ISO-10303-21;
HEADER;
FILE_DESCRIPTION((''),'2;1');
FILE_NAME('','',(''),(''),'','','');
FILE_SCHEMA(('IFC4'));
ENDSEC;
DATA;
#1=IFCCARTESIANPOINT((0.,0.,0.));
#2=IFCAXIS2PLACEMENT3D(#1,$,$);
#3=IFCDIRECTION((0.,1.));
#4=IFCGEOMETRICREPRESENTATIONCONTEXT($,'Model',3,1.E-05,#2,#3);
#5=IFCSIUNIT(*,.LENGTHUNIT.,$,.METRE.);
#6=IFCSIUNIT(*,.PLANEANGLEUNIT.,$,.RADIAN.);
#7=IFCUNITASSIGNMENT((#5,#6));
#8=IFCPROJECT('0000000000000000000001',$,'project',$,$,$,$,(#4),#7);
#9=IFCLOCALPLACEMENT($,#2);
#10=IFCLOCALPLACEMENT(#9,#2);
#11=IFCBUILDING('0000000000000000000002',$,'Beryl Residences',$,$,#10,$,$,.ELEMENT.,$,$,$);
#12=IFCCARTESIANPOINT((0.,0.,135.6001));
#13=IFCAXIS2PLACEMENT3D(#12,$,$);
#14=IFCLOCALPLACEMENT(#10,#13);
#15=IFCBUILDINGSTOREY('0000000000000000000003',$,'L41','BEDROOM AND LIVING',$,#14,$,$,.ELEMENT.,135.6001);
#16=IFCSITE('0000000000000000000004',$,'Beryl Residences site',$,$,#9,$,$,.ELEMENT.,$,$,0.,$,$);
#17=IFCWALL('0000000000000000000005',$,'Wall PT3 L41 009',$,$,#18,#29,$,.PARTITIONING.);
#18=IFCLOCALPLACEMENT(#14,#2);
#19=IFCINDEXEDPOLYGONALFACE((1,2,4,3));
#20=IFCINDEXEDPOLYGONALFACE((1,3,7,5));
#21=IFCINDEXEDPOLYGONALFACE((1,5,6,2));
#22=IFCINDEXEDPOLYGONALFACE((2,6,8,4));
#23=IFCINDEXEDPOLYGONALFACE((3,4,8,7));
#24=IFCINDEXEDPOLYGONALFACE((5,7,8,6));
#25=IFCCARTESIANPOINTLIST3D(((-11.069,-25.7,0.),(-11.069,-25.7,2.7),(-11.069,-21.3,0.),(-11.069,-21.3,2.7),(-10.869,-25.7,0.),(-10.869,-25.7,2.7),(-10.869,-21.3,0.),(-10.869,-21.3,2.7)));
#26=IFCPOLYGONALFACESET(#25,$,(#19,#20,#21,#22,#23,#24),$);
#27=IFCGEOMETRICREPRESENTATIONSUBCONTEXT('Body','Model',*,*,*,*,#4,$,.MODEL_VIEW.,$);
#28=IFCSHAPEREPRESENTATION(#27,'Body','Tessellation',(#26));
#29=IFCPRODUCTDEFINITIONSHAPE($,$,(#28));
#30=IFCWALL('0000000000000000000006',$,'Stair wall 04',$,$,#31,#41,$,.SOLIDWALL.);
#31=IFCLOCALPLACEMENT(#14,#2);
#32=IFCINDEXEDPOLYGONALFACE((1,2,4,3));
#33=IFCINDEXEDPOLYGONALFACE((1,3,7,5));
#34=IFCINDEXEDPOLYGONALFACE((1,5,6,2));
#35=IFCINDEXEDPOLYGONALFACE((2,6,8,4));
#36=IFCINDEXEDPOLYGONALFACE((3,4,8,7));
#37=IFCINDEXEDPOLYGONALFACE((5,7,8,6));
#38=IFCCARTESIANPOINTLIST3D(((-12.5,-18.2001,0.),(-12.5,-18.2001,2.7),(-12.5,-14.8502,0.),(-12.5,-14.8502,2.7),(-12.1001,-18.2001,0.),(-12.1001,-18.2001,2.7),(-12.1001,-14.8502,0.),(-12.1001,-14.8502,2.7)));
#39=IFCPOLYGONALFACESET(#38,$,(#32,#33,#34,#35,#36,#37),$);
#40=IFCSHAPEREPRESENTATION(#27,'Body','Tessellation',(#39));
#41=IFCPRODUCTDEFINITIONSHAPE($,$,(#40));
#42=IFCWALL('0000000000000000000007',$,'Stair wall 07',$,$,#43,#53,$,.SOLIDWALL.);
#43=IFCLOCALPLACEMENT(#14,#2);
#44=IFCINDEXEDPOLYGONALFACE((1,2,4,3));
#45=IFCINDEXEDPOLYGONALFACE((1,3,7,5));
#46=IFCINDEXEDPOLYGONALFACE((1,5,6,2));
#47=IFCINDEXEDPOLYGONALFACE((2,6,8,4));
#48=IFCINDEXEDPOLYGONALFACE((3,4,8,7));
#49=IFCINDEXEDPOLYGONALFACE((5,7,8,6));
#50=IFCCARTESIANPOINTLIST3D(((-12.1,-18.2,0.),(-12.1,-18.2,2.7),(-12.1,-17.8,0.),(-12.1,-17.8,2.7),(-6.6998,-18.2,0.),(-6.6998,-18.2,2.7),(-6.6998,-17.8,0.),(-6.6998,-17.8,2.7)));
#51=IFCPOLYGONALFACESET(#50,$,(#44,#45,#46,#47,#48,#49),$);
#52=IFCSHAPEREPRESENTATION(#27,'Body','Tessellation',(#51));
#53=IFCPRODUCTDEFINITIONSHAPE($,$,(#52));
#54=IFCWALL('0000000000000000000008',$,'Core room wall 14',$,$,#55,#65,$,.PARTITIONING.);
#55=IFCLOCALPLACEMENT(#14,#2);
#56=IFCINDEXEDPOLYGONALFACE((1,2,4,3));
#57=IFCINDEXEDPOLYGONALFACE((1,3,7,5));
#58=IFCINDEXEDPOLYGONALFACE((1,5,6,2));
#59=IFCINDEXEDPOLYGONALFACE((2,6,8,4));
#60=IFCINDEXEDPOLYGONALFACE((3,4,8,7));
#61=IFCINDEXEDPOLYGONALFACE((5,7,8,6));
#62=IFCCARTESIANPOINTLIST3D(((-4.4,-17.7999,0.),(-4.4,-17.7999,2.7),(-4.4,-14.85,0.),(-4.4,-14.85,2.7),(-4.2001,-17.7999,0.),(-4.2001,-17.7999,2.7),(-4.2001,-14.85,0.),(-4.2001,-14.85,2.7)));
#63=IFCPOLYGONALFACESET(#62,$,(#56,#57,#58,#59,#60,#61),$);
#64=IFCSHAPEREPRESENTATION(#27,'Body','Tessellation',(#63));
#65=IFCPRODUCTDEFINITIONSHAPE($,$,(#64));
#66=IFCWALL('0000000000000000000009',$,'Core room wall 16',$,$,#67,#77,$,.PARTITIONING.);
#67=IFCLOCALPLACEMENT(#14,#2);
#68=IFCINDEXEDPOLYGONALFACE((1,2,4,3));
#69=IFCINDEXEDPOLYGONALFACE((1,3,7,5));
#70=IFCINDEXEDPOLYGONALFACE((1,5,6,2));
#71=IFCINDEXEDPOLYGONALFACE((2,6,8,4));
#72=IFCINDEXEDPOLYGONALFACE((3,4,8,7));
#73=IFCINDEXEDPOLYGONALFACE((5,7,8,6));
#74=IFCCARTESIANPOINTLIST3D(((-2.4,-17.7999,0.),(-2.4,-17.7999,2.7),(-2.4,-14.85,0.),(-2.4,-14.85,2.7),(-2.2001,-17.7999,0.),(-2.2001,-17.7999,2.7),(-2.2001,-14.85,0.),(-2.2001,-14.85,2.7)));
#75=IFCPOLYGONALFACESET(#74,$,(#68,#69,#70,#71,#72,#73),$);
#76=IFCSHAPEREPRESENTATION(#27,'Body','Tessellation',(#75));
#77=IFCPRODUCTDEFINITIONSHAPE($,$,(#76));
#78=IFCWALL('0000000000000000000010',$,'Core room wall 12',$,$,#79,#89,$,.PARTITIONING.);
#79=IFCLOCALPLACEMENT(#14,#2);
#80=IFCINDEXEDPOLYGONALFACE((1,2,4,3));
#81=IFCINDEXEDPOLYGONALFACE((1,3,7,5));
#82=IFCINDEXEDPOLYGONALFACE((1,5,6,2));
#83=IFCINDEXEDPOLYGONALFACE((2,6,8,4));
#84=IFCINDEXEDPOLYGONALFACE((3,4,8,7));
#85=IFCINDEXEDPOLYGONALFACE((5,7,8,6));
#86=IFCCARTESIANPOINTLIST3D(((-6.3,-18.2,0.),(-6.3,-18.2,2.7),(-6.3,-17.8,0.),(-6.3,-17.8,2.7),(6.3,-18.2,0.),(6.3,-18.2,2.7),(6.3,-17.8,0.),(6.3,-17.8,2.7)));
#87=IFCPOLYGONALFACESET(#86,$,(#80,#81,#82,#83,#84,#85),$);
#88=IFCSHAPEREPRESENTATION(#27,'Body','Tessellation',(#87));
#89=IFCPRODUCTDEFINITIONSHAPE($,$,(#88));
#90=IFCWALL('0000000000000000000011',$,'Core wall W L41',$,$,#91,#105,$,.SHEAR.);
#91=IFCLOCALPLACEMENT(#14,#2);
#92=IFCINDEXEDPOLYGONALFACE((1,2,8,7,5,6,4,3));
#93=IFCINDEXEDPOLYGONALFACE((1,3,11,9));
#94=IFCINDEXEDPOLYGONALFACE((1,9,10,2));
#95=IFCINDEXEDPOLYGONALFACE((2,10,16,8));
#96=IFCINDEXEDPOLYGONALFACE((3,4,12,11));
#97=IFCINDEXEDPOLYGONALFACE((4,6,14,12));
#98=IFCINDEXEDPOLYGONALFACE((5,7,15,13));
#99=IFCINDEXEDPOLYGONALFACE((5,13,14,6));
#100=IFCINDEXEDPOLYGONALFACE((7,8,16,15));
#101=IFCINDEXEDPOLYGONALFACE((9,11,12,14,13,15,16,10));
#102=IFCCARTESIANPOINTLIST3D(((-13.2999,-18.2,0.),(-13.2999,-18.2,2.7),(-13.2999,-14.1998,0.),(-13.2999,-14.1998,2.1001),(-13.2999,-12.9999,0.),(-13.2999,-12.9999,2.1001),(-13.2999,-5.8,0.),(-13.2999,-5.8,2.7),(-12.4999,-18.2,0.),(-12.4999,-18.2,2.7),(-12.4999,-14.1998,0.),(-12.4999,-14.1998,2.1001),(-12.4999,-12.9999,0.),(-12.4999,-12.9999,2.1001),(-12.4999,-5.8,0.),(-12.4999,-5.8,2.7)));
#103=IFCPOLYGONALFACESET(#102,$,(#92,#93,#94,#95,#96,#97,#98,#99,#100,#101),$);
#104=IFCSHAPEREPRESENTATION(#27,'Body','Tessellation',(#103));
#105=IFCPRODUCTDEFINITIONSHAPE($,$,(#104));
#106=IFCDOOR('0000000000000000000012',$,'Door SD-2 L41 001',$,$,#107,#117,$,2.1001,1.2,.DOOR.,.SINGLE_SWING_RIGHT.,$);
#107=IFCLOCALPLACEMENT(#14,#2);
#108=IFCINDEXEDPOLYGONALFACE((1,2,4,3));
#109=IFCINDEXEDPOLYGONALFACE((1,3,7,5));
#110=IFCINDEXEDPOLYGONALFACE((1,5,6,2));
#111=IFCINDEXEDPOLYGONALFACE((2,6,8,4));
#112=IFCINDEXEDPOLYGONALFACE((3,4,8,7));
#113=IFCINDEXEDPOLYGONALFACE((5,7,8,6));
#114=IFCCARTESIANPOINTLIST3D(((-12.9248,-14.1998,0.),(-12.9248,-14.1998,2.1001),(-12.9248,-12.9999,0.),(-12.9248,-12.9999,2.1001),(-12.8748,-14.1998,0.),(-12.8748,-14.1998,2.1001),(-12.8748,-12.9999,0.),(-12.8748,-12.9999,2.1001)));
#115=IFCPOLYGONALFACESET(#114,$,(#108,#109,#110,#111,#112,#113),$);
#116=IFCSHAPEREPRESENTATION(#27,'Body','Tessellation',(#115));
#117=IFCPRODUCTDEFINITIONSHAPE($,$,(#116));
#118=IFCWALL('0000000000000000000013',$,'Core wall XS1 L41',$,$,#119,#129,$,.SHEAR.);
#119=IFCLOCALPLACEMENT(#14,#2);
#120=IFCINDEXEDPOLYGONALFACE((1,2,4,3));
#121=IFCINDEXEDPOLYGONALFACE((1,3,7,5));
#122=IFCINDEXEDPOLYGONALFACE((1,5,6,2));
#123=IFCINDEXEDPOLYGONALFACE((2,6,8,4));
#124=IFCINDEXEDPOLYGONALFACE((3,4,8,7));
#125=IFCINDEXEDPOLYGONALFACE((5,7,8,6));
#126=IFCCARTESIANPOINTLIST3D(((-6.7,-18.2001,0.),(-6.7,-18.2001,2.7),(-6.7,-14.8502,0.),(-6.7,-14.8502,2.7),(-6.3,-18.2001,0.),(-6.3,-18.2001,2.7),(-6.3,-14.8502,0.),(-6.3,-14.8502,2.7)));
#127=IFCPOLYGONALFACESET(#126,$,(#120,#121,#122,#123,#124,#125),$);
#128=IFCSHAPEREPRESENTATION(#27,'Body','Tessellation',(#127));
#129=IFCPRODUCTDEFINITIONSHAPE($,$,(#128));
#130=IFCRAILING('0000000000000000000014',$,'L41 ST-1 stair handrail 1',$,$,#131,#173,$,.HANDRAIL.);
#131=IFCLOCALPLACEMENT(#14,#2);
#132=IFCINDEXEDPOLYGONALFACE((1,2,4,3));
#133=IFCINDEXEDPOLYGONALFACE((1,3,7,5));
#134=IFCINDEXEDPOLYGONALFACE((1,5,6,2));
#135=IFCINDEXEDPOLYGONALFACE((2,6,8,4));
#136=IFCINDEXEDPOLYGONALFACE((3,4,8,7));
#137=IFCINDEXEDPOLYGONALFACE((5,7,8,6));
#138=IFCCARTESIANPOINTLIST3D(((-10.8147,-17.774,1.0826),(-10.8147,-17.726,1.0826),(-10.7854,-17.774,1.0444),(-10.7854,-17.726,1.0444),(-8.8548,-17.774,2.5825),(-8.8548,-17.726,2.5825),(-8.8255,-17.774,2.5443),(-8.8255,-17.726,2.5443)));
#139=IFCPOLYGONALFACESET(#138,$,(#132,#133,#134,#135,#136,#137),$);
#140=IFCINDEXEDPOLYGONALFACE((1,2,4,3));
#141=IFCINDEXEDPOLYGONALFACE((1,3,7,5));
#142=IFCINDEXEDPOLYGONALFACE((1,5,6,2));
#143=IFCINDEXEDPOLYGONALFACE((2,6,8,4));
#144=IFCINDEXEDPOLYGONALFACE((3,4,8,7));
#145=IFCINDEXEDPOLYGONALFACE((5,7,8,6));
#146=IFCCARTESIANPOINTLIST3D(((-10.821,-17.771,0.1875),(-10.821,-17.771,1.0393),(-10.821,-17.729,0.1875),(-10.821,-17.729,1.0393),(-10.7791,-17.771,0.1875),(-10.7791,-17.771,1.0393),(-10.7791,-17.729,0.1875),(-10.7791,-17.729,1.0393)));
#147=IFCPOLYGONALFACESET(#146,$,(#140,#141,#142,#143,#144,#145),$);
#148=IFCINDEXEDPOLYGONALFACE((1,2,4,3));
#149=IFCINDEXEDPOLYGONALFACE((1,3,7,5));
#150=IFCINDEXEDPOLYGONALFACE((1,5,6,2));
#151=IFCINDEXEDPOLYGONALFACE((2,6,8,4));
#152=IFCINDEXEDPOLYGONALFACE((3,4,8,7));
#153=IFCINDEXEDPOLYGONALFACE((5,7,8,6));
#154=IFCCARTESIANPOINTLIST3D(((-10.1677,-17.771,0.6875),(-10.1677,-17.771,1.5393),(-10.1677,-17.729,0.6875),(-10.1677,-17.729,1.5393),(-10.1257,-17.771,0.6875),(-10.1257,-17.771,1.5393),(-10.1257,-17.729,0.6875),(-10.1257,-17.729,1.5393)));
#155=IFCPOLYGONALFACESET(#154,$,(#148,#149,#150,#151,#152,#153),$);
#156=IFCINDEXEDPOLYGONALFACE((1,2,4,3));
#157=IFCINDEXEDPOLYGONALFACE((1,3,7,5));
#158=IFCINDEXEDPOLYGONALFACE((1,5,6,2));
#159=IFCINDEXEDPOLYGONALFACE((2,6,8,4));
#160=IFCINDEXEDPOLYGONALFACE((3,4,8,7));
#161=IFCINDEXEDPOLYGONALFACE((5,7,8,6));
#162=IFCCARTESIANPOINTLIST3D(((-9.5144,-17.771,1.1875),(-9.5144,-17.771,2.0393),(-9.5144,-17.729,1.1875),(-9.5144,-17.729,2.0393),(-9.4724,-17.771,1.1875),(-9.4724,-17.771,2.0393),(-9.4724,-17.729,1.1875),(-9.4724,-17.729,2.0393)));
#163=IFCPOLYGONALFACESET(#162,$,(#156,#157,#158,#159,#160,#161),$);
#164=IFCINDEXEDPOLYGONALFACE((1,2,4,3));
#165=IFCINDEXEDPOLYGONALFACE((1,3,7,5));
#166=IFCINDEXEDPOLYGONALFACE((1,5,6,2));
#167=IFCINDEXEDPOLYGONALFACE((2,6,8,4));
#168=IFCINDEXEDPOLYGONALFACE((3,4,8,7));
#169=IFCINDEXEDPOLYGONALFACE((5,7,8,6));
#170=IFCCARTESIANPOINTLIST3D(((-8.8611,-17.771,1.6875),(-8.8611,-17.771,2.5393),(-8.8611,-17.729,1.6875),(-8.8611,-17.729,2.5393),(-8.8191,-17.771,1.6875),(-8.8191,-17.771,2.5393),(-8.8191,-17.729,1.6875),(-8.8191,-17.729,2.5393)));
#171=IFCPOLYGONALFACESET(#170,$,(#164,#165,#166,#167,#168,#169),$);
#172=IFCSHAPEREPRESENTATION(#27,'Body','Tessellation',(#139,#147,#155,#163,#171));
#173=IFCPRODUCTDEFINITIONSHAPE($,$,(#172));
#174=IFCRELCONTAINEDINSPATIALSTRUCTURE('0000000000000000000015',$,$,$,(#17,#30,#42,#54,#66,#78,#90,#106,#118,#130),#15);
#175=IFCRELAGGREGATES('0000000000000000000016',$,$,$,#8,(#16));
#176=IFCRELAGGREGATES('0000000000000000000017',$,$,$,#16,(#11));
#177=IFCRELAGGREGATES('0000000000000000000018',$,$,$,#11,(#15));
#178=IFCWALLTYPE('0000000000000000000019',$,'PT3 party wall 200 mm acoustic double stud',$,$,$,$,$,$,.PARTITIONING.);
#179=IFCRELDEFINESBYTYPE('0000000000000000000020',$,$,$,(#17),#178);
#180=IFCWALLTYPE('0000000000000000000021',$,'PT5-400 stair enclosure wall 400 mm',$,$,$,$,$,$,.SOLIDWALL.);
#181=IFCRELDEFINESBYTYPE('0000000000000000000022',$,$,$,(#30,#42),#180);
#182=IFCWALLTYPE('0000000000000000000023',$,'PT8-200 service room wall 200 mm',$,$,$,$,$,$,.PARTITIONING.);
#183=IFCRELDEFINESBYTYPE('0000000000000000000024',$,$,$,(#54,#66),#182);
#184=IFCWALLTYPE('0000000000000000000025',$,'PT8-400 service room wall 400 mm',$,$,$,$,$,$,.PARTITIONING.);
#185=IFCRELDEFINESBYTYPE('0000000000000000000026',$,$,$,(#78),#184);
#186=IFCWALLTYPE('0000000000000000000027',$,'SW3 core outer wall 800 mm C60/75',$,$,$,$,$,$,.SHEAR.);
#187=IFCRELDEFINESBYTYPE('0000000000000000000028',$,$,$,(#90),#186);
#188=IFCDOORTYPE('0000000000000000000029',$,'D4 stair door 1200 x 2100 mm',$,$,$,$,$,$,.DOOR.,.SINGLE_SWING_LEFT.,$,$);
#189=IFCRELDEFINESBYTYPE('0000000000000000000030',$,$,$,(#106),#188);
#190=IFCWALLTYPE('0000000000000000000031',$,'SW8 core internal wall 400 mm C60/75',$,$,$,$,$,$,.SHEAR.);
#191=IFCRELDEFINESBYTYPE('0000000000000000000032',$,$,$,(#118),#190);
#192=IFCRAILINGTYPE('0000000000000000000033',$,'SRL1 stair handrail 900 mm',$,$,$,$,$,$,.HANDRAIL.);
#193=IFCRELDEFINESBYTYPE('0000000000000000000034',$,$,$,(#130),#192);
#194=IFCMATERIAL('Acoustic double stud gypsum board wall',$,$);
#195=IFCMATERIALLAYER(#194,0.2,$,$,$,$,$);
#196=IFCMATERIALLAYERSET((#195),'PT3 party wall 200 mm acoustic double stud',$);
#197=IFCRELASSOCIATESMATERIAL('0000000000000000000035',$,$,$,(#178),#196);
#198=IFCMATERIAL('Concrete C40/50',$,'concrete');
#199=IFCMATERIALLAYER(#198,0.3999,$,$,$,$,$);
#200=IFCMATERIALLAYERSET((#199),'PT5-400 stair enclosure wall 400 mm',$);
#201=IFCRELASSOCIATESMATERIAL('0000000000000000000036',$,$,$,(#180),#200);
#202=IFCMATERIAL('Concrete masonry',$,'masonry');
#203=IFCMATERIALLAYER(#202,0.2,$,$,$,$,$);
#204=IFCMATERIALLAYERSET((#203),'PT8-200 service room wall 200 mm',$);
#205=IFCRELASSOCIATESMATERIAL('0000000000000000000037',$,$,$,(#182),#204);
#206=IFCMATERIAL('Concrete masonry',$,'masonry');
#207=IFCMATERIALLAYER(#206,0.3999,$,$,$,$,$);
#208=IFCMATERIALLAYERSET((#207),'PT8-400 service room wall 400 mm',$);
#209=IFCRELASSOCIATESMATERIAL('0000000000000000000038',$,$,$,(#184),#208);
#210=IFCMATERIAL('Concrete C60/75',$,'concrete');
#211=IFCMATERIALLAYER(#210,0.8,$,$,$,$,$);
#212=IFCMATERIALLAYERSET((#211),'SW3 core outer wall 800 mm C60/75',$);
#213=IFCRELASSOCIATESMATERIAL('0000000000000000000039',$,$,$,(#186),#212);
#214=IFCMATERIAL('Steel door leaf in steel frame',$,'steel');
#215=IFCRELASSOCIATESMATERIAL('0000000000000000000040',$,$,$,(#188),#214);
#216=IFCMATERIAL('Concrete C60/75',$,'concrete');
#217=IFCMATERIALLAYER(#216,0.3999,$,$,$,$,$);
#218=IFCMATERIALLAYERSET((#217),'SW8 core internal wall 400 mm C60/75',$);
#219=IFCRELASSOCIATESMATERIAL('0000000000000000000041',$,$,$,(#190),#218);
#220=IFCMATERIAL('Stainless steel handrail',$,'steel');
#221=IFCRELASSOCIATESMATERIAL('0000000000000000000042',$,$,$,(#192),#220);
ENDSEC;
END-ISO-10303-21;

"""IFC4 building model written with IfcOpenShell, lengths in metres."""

from ifc_helpers import new_model, si_unit, direction, frame, frame_2d, origin, origin_2d, place, context, subcontext, project, spatial, rectangle, extrude, material, layer, layer_set, type_object, element, fill, save


model = new_model("IFC4")

# Units and contexts
model_context = context("Model", 3, precision=1e-05, world=origin(), true_north=direction((0.0, 1.0)))
body_context = subcontext(model_context, "Body", "Model", "MODEL_VIEW")
ifc_project = project(units=[si_unit("LENGTHUNIT", "METRE"), si_unit("PLANEANGLEUNIT", "RADIAN")], contexts=[model_context])

# Site, building, storey
site_placement = place(None, origin())
site = spatial("IfcSite", under=ifc_project, at=site_placement, Name="Beryl Residences site", CompositionType="ELEMENT", RefElevation=0.0)
building_placement = place(site_placement, origin())
building = spatial("IfcBuilding", under=site, at=building_placement, Name="Beryl Residences", CompositionType="ELEMENT")
storey_placement = place(building_placement, frame((0.0, 0.0, 135.6001)))
storey = spatial("IfcBuildingStorey", under=building, at=storey_placement, Name="L41", Description="BEDROOM AND LIVING", CompositionType="ELEMENT", Elevation=135.6001)

# Walls
ifc_material_1 = material(Name="Acoustic double stud gypsum board wall")
ifc_layer_1 = layer(ifc_material_1, 0.2)
ifc_layer_set_1 = layer_set([ifc_layer_1], Name="PT3 party wall 200 mm acoustic double stud")
wall_type_1 = type_object("IfcWallType", Name="PT3 party wall 200 mm acoustic double stud", PredefinedType="PARTITIONING", material=ifc_layer_set_1)
wall_1_placement = place(storey_placement, frame((-10.969, -25.7, 0.0), z_axis=(0.0, 0.0, 1.0), x_axis=(0.0, 1.0, 0.0)))
element("IfcWall", 1, at=wall_1_placement, inside=storey, type_object=wall_type_1, Name="Wall PT3 L41 009", PredefinedType="PARTITIONING", context=body_context, shape_type="SweptSolid", body=[
    extrude(rectangle(XDim=4.3999, YDim=0.2, at=frame_2d((2.2, 0.0))), origin(), (0.0, 0.0, 1.0), 2.7),
])
ifc_material_2 = material(Name="Concrete C40/50", Category="concrete")
ifc_layer_2 = layer(ifc_material_2, 0.3999)
ifc_layer_set_2 = layer_set([ifc_layer_2], Name="PT5-400 stair enclosure wall 400 mm")
wall_type_2 = type_object("IfcWallType", Name="PT5-400 stair enclosure wall 400 mm", PredefinedType="SOLIDWALL", material=ifc_layer_set_2)
wall_2_placement = place(storey_placement, frame((-12.3, -18.2, 0.0), z_axis=(0.0, 0.0, 1.0), x_axis=(0.0, 1.0, 0.0)))
element("IfcWall", 2, at=wall_2_placement, inside=storey, type_object=wall_type_2, Name="Stair wall 04", PredefinedType="SOLIDWALL", context=body_context, shape_type="SweptSolid", body=[
    extrude(rectangle(XDim=3.3499, YDim=0.3999, at=frame_2d((1.6748, 0.0))), origin(), (0.0, 0.0, 1.0), 2.7),
])
wall_3_placement = place(storey_placement, frame((-12.1001, -18.0, 0.0), z_axis=(0.0, 0.0, 1.0), x_axis=(1.0, 0.0, 0.0)))
element("IfcWall", 3, at=wall_3_placement, inside=storey, type_object=wall_type_2, Name="Stair wall 07", PredefinedType="SOLIDWALL", context=body_context, shape_type="SweptSolid", body=[
    extrude(rectangle(XDim=5.4001, YDim=0.3999, at=frame_2d((2.7002, 0.0))), origin(), (0.0, 0.0, 1.0), 2.7),
])
ifc_material_3 = material(Name="Concrete masonry", Category="masonry")
ifc_layer_3 = layer(ifc_material_3, 0.2)
ifc_layer_set_3 = layer_set([ifc_layer_3], Name="PT8-200 service room wall 200 mm")
wall_type_3 = type_object("IfcWallType", Name="PT8-200 service room wall 200 mm", PredefinedType="PARTITIONING", material=ifc_layer_set_3)
for number, where, z_axis, x_axis, name in (
    (4, (-4.3, -17.8, 0.0), (0.0, 0.0, 1.0), (0.0, 1.0, 0.0), "Core room wall 14"),
    (5, (-2.3, -17.8, 0.0), (0.0, 0.0, 1.0), (0.0, 1.0, 0.0), "Core room wall 16"),
):
    element("IfcWall", number, at=place(storey_placement, frame(where, z_axis=z_axis, x_axis=x_axis)), inside=storey, type_object=wall_type_3, Name=name, PredefinedType="PARTITIONING", context=body_context, shape_type="SweptSolid", body=[
        extrude(rectangle(XDim=2.95, YDim=0.2, at=frame_2d((1.4751, 0.0))), origin(), (0.0, 0.0, 1.0), 2.7),
    ])
ifc_material_4 = material(Name="Concrete masonry", Category="masonry")
ifc_layer_4 = layer(ifc_material_4, 0.3999)
ifc_layer_set_4 = layer_set([ifc_layer_4], Name="PT8-400 service room wall 400 mm")
wall_type_4 = type_object("IfcWallType", Name="PT8-400 service room wall 400 mm", PredefinedType="PARTITIONING", material=ifc_layer_set_4)
wall_4_placement = place(storey_placement, frame((-6.3, -18.0, 0.0), z_axis=(0.0, 0.0, 1.0), x_axis=(1.0, 0.0, 0.0)))
element("IfcWall", 6, at=wall_4_placement, inside=storey, type_object=wall_type_4, Name="Core room wall 12", PredefinedType="PARTITIONING", context=body_context, shape_type="SweptSolid", body=[
    extrude(rectangle(XDim=12.6001, YDim=0.3999, at=frame_2d((6.3, 0.0))), origin(), (0.0, 0.0, 1.0), 2.7),
])

# Wall, opening, door
ifc_material_5 = material(Name="Concrete C60/75", Category="concrete")
ifc_layer_5 = layer(ifc_material_5, 0.8)
ifc_layer_set_5 = layer_set([ifc_layer_5], Name="SW3 core outer wall 800 mm C60/75")
wall_type_5 = type_object("IfcWallType", Name="SW3 core outer wall 800 mm C60/75", PredefinedType="SHEAR", material=ifc_layer_set_5)
wall_5_placement = place(storey_placement, frame((-12.8999, -18.2, 0.0), z_axis=(0.0, 0.0, 1.0), x_axis=(0.0, 1.0, 0.0)))
wall_5 = element("IfcWall", 7, at=wall_5_placement, inside=storey, type_object=wall_type_5, Name="Core wall W L41", PredefinedType="SHEAR", context=body_context, shape_type="SweptSolid", body=[
    extrude(rectangle(XDim=12.3999, YDim=0.8, at=frame_2d((6.2, 0.0))), origin(), (0.0, 0.0, 1.0), 2.7),
])
opening_1_placement = place(wall_5_placement, frame((4.0, 0.0, 0.0)))
opening_1 = element("IfcOpeningElement", 8, at=opening_1_placement, cuts=wall_5, PredefinedType="OPENING", context=body_context, shape_type="SweptSolid", body=[
    extrude(rectangle(XDim=1.2, YDim=2.1001, at=frame_2d((0.6001, 1.05))), frame((0.0, 0.4099, 0.0), z_axis=(0.0, -1.0, 0.0), x_axis=(1.0, 0.0, 0.0)), (0.0, 0.0, 1.0), 0.8201),
])
ifc_material_6 = material(Name="Steel door leaf in steel frame", Category="steel")
door_type_1 = type_object("IfcDoorType", Name="D4 stair door 1200 x 2100 mm", OperationType="SINGLE_SWING_LEFT", PredefinedType="DOOR", material=ifc_material_6)
door_1_placement = place(opening_1_placement, origin())
door_1 = element("IfcDoor", 9, at=door_1_placement, inside=storey, type_object=door_type_1, Name="Door SD-2 L41 001", OperationType="SINGLE_SWING_RIGHT", OverallHeight=2.1001, OverallWidth=1.2, PredefinedType="DOOR", context=body_context, shape_type="SweptSolid", body=[
    extrude(rectangle(XDim=1.2, YDim=2.1001, at=frame_2d((0.6001, 1.05))), frame((0.0, 0.0249, 0.0), z_axis=(0.0, -1.0, 0.0), x_axis=(1.0, 0.0, 0.0)), (0.0, 0.0, 1.0), 0.05),
])
fill(opening_1, door_1)

# Wall
ifc_material_7 = material(Name="Concrete C60/75", Category="concrete")
ifc_layer_6 = layer(ifc_material_7, 0.3999)
ifc_layer_set_6 = layer_set([ifc_layer_6], Name="SW8 core internal wall 400 mm C60/75")
wall_type_6 = type_object("IfcWallType", Name="SW8 core internal wall 400 mm C60/75", PredefinedType="SHEAR", material=ifc_layer_set_6)
wall_6_placement = place(storey_placement, frame((-6.5, -18.2, 0.0), z_axis=(0.0, 0.0, 1.0), x_axis=(0.0, 1.0, 0.0)))
element("IfcWall", 10, at=wall_6_placement, inside=storey, type_object=wall_type_6, Name="Core wall XS1 L41", PredefinedType="SHEAR", context=body_context, shape_type="SweptSolid", body=[
    extrude(rectangle(XDim=3.3499, YDim=0.3999, at=frame_2d((1.6748, 0.0))), origin(), (0.0, 0.0, 1.0), 2.7),
])

# Railing
ifc_material_8 = material(Name="Stainless steel handrail", Category="steel")
railing_type = type_object("IfcRailingType", Name="SRL1 stair handrail 900 mm", PredefinedType="HANDRAIL", material=ifc_material_8)
railing_placement = place(storey_placement, frame((-10.8, -17.75, 0.1875)))
element("IfcRailing", 11, at=railing_placement, inside=storey, type_object=railing_type, Name="L41 ST-1 stair handrail 1", PredefinedType="HANDRAIL", context=body_context, shape_type="SweptSolid", body=[
    extrude(rectangle(XDim=0.0481, YDim=0.0481, at=origin_2d()), frame((0.0, 0.0, 0.876), z_axis=(0.794122, 0.0, 0.607758), x_axis=(0.0, 1.0, 0.0)), (0.0, 0.0, 1.0), 2.468),
    extrude(rectangle(XDim=0.042, YDim=0.042, at=origin_2d()), origin(), (0.0, 0.0, 1.0), 0.8518),
    extrude(rectangle(XDim=0.042, YDim=0.042, at=origin_2d()), frame((0.6533, 0.0, 0.5)), (0.0, 0.0, 1.0), 0.8518),
    extrude(rectangle(XDim=0.042, YDim=0.042, at=origin_2d()), frame((1.3066, 0.0, 1.0)), (0.0, 0.0, 1.0), 0.8518),
    extrude(rectangle(XDim=0.042, YDim=0.042, at=origin_2d()), frame((1.96, 0.0, 1.5)), (0.0, 0.0, 1.0), 0.8518),
])

save(model, "model.ifc")
